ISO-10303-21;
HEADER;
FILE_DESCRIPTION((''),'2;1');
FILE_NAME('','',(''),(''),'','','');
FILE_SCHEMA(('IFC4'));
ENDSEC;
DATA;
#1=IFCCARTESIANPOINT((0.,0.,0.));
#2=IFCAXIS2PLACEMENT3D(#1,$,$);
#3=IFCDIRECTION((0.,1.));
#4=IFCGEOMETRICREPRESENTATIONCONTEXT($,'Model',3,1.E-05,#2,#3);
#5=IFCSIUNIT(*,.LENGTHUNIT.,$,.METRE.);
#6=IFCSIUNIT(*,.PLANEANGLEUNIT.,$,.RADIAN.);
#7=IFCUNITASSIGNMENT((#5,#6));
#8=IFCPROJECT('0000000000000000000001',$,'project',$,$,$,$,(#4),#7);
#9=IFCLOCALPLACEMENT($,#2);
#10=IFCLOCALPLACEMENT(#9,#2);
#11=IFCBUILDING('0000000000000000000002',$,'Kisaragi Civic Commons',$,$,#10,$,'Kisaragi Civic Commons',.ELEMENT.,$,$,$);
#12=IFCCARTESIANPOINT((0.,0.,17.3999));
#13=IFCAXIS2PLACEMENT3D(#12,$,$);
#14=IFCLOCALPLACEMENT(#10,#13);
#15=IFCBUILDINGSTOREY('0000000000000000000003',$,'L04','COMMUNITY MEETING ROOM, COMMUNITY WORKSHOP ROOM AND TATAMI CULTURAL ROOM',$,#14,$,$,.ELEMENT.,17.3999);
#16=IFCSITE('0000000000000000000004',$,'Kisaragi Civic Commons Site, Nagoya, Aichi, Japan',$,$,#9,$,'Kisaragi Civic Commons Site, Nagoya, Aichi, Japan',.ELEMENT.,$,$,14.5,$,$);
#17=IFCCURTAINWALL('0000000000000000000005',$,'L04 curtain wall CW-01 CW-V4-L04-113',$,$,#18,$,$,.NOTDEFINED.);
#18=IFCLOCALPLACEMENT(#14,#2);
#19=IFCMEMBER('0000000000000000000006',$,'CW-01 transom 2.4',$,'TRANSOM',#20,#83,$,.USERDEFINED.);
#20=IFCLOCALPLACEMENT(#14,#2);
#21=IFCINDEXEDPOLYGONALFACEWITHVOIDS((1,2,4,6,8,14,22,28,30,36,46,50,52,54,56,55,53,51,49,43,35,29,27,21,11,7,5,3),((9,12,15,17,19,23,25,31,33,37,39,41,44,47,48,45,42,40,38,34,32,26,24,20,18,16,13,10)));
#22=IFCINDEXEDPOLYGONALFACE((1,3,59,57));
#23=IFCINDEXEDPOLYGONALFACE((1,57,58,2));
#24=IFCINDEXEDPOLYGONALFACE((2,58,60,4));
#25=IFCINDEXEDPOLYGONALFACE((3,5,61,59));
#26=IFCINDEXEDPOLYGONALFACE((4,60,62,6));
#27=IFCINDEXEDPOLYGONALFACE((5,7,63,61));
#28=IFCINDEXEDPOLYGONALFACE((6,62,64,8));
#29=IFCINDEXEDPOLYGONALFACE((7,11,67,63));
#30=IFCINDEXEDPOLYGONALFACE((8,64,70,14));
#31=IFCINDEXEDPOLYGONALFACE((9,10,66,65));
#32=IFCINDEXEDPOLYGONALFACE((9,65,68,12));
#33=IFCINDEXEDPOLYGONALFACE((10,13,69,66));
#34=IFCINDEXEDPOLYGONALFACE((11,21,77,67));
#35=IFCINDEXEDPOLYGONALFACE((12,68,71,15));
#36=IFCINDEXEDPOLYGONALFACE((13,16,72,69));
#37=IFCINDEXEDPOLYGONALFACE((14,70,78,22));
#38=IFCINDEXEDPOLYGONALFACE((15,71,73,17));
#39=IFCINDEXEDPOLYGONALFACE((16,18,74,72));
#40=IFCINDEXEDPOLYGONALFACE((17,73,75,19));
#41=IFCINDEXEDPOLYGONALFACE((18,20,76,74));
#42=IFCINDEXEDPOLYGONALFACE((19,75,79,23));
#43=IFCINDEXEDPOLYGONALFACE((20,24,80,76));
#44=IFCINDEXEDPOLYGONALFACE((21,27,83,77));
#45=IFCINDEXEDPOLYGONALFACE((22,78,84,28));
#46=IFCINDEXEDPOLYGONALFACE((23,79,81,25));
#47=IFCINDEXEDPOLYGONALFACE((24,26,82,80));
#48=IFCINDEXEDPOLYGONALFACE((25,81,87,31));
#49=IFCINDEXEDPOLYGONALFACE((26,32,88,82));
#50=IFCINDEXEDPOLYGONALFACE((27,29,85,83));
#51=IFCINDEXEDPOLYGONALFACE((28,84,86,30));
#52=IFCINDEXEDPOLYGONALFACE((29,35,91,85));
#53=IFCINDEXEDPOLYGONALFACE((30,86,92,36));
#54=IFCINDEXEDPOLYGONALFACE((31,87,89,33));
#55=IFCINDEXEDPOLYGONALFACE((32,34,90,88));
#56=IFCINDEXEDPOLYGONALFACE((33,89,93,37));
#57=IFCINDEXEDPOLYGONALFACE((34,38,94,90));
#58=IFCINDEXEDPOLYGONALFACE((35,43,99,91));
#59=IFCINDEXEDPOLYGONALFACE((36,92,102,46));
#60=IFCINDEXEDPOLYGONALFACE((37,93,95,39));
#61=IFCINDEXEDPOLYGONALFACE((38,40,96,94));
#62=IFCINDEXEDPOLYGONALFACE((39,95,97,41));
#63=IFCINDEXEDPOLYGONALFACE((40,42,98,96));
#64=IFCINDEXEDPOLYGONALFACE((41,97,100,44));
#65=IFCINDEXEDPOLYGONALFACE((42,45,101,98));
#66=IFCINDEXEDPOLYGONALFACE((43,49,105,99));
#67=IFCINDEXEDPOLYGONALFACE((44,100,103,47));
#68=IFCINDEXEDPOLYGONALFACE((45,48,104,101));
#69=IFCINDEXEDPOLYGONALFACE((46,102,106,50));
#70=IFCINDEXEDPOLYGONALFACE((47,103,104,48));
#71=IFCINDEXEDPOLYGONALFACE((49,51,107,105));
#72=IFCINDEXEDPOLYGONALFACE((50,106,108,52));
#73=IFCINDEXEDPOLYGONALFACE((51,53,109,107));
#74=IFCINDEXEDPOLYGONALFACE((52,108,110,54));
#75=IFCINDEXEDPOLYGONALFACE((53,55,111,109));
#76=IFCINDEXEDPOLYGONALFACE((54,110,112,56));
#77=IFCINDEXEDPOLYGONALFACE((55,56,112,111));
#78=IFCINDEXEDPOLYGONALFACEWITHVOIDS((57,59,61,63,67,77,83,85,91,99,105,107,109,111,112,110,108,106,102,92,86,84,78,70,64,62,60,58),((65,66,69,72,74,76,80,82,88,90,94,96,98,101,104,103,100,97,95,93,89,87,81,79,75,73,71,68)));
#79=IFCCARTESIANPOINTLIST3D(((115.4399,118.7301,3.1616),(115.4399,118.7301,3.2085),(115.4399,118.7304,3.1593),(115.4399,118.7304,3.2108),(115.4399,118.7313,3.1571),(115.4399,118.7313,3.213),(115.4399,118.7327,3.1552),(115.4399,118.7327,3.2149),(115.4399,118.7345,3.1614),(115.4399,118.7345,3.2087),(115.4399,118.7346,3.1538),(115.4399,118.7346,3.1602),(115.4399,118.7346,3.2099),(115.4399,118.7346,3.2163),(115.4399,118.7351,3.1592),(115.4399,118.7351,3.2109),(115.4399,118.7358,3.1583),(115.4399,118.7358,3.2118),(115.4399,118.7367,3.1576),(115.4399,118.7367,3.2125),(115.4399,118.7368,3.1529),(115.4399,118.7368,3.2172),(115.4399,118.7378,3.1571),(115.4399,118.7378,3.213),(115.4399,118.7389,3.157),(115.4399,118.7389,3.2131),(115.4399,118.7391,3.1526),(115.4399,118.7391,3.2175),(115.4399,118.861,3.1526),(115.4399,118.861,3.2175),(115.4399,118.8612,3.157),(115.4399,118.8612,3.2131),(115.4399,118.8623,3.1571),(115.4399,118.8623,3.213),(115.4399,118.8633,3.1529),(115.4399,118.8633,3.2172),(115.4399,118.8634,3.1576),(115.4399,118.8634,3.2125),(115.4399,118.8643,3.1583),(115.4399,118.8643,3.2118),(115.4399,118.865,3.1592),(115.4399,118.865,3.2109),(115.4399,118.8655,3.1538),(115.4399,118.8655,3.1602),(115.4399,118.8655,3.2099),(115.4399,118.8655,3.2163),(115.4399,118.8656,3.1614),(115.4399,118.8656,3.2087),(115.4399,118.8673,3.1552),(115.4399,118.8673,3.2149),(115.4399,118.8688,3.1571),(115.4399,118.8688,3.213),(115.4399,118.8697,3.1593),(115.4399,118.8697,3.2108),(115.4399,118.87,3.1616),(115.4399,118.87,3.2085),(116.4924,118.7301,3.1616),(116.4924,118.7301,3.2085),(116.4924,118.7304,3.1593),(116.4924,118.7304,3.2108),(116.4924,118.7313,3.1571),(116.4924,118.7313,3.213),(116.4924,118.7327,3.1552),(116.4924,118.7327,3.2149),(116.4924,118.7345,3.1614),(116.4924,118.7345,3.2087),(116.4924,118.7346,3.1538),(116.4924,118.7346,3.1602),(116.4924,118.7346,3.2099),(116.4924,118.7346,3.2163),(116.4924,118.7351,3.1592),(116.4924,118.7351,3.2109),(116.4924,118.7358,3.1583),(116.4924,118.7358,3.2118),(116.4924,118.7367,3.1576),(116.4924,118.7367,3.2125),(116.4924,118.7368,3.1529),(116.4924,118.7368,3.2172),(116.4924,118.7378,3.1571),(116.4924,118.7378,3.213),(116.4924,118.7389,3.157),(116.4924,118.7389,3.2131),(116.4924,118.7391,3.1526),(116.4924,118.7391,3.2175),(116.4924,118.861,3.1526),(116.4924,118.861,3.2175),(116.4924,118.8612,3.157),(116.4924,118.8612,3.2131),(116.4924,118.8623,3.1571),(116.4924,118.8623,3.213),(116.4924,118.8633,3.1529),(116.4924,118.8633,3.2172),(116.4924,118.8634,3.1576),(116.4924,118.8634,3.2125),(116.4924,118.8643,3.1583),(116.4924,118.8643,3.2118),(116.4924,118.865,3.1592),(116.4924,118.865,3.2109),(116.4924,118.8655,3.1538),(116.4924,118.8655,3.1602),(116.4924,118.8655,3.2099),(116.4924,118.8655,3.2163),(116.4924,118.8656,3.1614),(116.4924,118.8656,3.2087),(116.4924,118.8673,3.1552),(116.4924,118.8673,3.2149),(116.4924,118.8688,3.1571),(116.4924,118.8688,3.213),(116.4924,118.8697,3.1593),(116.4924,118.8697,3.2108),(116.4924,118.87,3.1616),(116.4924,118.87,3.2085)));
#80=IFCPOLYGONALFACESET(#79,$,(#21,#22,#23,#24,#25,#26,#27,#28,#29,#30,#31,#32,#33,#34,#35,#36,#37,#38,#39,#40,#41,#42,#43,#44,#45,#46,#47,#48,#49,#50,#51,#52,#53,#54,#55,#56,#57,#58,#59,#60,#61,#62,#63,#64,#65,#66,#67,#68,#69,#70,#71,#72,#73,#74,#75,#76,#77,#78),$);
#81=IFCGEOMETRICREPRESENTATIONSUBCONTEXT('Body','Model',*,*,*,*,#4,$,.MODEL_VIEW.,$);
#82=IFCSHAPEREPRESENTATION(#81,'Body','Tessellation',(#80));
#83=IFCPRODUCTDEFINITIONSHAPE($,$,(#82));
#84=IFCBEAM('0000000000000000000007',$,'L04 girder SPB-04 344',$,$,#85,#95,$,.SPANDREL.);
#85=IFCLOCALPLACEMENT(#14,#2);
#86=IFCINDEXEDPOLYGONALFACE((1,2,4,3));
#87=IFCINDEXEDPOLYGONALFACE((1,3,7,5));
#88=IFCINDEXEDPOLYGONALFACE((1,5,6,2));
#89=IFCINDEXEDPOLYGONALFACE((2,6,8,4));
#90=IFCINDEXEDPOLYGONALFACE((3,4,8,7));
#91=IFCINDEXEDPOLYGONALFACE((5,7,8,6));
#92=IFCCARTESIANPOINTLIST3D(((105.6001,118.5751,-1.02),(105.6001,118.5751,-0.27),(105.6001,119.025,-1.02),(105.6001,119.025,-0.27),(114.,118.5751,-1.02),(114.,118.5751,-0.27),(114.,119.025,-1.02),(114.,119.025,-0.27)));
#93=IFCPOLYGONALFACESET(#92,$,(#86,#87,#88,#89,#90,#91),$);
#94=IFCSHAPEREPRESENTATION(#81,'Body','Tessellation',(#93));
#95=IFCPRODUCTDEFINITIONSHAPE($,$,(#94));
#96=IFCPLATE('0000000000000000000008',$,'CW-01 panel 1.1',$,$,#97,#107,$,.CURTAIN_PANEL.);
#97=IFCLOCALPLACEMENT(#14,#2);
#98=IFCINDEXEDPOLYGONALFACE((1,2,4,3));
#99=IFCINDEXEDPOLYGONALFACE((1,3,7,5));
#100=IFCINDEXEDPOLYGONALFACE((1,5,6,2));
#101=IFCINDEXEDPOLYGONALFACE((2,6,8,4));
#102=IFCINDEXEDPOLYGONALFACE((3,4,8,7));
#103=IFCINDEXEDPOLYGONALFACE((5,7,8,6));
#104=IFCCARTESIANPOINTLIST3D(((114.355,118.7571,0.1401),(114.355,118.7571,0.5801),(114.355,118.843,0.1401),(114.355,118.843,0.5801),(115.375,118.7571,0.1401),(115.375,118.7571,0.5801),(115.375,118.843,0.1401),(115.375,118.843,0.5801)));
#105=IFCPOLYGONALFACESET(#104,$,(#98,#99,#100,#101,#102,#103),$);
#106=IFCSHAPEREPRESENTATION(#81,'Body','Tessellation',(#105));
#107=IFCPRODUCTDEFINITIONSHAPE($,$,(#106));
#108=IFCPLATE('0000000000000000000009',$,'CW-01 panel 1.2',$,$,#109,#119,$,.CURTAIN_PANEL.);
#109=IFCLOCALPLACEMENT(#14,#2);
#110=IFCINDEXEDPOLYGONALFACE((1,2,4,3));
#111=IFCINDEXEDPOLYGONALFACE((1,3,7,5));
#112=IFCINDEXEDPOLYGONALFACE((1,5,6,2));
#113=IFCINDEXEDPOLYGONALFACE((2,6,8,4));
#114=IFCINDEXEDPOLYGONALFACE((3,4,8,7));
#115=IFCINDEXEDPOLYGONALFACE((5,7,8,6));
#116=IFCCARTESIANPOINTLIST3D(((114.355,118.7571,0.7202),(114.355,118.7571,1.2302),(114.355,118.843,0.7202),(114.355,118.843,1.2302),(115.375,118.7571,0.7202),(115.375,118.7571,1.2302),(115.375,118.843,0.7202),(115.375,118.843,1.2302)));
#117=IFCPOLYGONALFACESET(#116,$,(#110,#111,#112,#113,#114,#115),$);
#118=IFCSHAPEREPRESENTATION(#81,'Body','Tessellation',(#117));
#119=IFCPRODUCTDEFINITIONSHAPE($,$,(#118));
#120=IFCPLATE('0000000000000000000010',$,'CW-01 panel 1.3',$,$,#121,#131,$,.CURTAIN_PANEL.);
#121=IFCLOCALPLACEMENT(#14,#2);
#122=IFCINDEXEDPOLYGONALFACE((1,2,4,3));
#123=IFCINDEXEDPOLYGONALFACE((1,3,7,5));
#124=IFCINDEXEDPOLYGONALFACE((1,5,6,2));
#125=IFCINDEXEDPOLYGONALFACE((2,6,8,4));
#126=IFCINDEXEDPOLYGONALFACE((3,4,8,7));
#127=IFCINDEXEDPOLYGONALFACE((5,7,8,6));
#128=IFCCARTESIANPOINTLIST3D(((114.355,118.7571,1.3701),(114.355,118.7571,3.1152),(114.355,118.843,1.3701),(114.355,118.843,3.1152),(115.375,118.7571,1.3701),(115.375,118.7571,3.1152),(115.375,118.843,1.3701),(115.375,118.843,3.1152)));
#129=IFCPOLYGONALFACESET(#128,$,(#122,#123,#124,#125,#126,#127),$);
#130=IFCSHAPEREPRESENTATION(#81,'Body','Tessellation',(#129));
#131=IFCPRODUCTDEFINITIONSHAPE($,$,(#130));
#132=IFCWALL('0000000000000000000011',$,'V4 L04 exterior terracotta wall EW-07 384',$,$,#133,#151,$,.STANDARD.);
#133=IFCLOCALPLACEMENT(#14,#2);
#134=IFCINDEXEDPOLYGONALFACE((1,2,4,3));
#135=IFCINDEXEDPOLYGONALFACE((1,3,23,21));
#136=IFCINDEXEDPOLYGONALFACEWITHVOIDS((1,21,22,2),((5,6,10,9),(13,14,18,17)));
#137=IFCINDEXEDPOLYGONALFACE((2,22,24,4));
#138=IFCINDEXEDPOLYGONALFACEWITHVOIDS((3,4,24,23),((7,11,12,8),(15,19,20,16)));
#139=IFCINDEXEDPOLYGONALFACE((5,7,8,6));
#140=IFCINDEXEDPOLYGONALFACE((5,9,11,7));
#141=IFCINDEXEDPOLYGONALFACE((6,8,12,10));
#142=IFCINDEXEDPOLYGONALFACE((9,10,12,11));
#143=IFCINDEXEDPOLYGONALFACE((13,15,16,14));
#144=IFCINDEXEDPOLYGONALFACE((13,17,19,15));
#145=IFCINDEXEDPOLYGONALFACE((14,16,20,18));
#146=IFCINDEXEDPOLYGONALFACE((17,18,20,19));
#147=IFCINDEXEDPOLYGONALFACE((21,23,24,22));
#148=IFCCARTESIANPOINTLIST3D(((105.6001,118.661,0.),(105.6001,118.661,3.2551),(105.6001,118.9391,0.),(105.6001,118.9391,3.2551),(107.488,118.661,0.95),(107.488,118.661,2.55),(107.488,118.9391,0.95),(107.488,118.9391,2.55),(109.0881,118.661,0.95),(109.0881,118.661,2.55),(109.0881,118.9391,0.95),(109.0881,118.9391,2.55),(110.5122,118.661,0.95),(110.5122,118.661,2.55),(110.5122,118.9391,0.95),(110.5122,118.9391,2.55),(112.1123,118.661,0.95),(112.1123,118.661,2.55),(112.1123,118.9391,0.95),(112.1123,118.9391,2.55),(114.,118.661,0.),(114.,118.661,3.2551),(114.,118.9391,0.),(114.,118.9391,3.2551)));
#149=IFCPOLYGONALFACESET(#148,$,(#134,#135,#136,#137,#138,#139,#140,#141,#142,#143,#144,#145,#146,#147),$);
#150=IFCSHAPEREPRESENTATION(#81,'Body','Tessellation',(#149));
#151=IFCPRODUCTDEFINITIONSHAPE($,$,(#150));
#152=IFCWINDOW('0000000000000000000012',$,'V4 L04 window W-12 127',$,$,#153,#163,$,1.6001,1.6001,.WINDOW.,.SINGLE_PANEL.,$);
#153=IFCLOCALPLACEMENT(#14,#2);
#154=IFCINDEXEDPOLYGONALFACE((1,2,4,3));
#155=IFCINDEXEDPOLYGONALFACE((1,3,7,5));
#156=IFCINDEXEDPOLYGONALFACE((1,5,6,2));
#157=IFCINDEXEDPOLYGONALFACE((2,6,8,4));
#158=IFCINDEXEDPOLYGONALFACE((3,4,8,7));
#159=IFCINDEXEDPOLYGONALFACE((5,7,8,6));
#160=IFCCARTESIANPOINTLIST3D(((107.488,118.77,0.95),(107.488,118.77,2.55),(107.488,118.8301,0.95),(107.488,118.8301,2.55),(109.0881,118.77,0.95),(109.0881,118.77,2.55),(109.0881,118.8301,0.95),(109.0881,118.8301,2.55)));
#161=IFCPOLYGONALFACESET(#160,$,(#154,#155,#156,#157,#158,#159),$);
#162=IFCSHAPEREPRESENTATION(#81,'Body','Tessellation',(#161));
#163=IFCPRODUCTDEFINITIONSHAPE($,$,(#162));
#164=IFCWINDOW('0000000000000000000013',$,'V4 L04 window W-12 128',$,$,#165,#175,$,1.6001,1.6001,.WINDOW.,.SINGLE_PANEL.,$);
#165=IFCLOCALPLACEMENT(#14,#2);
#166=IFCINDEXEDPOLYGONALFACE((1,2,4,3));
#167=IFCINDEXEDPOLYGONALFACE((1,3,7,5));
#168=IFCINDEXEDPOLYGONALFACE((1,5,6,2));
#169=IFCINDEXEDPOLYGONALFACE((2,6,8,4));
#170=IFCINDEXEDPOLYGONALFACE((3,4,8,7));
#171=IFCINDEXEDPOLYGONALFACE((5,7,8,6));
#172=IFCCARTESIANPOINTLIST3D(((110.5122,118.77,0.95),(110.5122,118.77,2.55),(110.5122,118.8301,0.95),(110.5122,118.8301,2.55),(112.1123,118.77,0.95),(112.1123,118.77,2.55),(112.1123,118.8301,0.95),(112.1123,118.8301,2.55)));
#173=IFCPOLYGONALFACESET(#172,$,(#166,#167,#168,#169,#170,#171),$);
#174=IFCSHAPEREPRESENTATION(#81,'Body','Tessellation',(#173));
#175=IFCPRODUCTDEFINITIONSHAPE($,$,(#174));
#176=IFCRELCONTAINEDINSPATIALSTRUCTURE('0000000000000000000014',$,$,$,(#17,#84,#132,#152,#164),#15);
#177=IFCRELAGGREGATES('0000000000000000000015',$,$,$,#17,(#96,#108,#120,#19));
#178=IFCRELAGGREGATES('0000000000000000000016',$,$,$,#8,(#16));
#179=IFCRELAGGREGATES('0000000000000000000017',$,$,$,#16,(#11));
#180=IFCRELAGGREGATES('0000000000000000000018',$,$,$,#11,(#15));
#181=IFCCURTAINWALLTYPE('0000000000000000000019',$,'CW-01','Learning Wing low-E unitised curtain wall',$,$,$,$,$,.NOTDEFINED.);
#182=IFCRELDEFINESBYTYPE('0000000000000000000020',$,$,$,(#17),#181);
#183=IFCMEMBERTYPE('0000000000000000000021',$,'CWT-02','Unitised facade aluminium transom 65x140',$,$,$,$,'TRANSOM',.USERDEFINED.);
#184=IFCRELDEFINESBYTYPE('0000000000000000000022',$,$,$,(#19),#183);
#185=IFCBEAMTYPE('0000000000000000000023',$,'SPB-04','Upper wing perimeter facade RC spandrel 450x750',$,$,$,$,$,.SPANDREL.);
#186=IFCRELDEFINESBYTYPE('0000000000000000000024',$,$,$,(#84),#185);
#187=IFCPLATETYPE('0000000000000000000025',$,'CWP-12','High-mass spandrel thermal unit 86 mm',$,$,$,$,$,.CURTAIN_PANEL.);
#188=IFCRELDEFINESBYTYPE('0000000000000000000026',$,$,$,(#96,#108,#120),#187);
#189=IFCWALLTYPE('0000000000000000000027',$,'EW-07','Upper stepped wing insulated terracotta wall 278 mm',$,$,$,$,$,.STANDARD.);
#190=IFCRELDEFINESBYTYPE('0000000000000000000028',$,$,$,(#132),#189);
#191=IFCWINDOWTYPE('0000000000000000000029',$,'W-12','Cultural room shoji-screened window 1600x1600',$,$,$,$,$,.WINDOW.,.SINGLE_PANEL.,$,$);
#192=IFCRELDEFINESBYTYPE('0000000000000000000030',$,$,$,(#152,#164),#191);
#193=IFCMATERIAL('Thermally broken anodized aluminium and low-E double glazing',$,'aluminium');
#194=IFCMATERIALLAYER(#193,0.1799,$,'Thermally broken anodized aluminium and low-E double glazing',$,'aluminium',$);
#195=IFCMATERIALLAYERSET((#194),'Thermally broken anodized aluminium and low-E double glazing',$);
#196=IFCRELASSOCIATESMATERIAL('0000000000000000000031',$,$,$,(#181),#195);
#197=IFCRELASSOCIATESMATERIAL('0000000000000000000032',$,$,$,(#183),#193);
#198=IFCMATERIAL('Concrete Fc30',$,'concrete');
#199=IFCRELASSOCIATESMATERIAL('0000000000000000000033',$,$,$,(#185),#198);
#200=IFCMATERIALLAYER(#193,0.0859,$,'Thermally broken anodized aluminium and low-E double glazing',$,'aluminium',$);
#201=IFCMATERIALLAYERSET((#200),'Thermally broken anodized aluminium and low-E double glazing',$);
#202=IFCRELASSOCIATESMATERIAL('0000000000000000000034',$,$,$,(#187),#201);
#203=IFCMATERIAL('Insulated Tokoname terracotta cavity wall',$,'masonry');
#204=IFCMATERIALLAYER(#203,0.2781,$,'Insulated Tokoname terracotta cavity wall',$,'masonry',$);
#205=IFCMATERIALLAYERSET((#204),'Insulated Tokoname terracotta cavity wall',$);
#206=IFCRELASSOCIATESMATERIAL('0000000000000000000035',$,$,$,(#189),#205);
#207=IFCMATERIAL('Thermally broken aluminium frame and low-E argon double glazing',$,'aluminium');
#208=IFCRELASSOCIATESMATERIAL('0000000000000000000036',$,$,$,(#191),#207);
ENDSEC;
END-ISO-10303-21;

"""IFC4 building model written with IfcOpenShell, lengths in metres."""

from ifc_helpers import new_model, si_unit, direction, frame, frame_2d, origin, origin_2d, place, context, subcontext, project, spatial, rectangle, hollow_rectangle, extrude, material, layer, layer_set, material_profile, profile_set, type_object, element, fill, aggregate, save


model = new_model("IFC4")

# Units and contexts
model_context = context("Model", 3, precision=1e-05, world=origin(), true_north=direction((0.0, 1.0)))
body_context = subcontext(model_context, "Body", "Model", "MODEL_VIEW")
ifc_project = project(units=[si_unit("LENGTHUNIT", "METRE"), si_unit("PLANEANGLEUNIT", "RADIAN")], contexts=[model_context])

# Site, building, storey
site_placement = place(None, origin())
site = spatial("IfcSite", under=ifc_project, at=site_placement, Name="Kisaragi Civic Commons Site, Nagoya, Aichi, Japan", LongName="Kisaragi Civic Commons Site, Nagoya, Aichi, Japan", CompositionType="ELEMENT", RefElevation=14.5)
building_placement = place(site_placement, origin())
building = spatial("IfcBuilding", under=site, at=building_placement, Name="Kisaragi Civic Commons", LongName="Kisaragi Civic Commons", CompositionType="ELEMENT")
storey_placement = place(building_placement, frame((0.0, 0.0, 17.3999)))
storey = spatial("IfcBuildingStorey", under=building, at=storey_placement, Name="L04", Description="COMMUNITY MEETING ROOM, COMMUNITY WORKSHOP ROOM AND TATAMI CULTURAL ROOM", CompositionType="ELEMENT", Elevation=17.3999)

# Shared definitions
ifc_material_1 = material(Name="Concrete Fc30", Category="concrete")

# Shared definitions
ifc_material_2 = material(Name="Thermally broken anodized aluminium and low-E double glazing", Category="aluminium")
ifc_layer_1 = layer(ifc_material_2, 0.1799, Name="Thermally broken anodized aluminium and low-E double glazing", Category="aluminium")
ifc_layer_set_1 = layer_set([ifc_layer_1], Name="Thermally broken anodized aluminium and low-E double glazing")
curtain_wall_type = type_object("IfcCurtainWallType", Name="CW-01", Description="Learning Wing low-E unitised curtain wall", PredefinedType="NOTDEFINED", material=ifc_layer_set_1)

# Curtain wall, member
curtain_wall_1_placement = place(storey_placement, origin())
curtain_wall_1 = element("IfcCurtainWall", 1, at=curtain_wall_1_placement, inside=storey, type_object=curtain_wall_type, Name="L04 curtain wall CW-01 CW-V4-L04-113", PredefinedType="NOTDEFINED")
ifc_material_profile_1 = material_profile(ifc_material_2, hollow_rectangle(XDim=0.1399, YDim=0.0649, WallThickness=0.0044, InnerFilletRadius=0.0044, OuterFilletRadius=0.009, at=origin_2d()), Name="CWT-65x140x4.5", Category="aluminium")
ifc_profile_set_1 = profile_set([ifc_material_profile_1], Name="Thermally broken anodized aluminium and low-E double glazing")
member_type_1 = type_object("IfcMemberType", Name="CWT-02", Description="Unitised facade aluminium transom 65x140", ElementType="TRANSOM", PredefinedType="USERDEFINED", material=ifc_profile_set_1)
member_1_placement = place(storey_placement, frame((115.4399, 118.8, 3.1851), z_axis=(1.0, 0.0, 0.0), x_axis=(0.0, 1.0, 0.0)))
member_1 = element("IfcMember", 2, at=member_1_placement, type_object=member_type_1, Name="CW-01 transom 2.4", ObjectType="TRANSOM", PredefinedType="USERDEFINED", context=body_context, shape_type="SweptSolid", body=[
    extrude(hollow_rectangle(XDim=0.1399, YDim=0.0649, WallThickness=0.0044, InnerFilletRadius=0.0044, OuterFilletRadius=0.009, at=origin_2d()), origin(), (0.0, 0.0, 1.0), 1.0525),
])

# Beam
ifc_material_profile_2 = material_profile(ifc_material_1, rectangle(XDim=0.45, YDim=0.75, at=origin_2d()), Name="RC-450x750", Category="concrete")
ifc_profile_set_2 = profile_set([ifc_material_profile_2], Name="Concrete Fc30")
beam_type = type_object("IfcBeamType", Name="SPB-04", Description="Upper wing perimeter facade RC spandrel 450x750", PredefinedType="SPANDREL", material=ifc_profile_set_2)
beam_placement = place(storey_placement, frame((105.6001, 118.8, -0.645), z_axis=(1.0, 0.0, 0.0), x_axis=(0.0, 1.0, 0.0)))
element("IfcBeam", 3, at=beam_placement, inside=storey, type_object=beam_type, Name="L04 girder SPB-04 344", PredefinedType="SPANDREL", context=body_context, shape_type="SweptSolid", body=[
    extrude(rectangle(XDim=0.45, YDim=0.75, at=origin_2d()), origin(), (0.0, 0.0, 1.0), 8.3999),
])

# Plates
ifc_layer_2 = layer(ifc_material_2, 0.0859, Name="Thermally broken anodized aluminium and low-E double glazing", Category="aluminium")
ifc_layer_set_2 = layer_set([ifc_layer_2], Name="Thermally broken anodized aluminium and low-E double glazing")
plate_type = type_object("IfcPlateType", Name="CWP-12", Description="High-mass spandrel thermal unit 86 mm", PredefinedType="CURTAIN_PANEL", material=ifc_layer_set_2)
plate_1_placement = place(storey_placement, frame((114.865, 118.8, 0.1401), z_axis=(0.0, 0.0, 1.0), x_axis=(1.0, 0.0, 0.0)))
plate_1 = element("IfcPlate", 4, at=plate_1_placement, type_object=plate_type, Name="CW-01 panel 1.1", PredefinedType="CURTAIN_PANEL", context=body_context, shape_type="SweptSolid", body=[
    extrude(rectangle(XDim=1.02, YDim=0.0859, at=origin_2d()), origin(), (0.0, 0.0, 1.0), 0.4399),
])
plate_2_placement = place(storey_placement, frame((114.865, 118.8, 0.7202), z_axis=(0.0, 0.0, 1.0), x_axis=(1.0, 0.0, 0.0)))
plate_2 = element("IfcPlate", 5, at=plate_2_placement, type_object=plate_type, Name="CW-01 panel 1.2", PredefinedType="CURTAIN_PANEL", context=body_context, shape_type="SweptSolid", body=[
    extrude(rectangle(XDim=1.02, YDim=0.0859, at=origin_2d()), origin(), (0.0, 0.0, 1.0), 0.51),
])
plate_3_placement = place(storey_placement, frame((114.865, 118.8, 1.3701), z_axis=(0.0, 0.0, 1.0), x_axis=(1.0, 0.0, 0.0)))
plate_3 = element("IfcPlate", 6, at=plate_3_placement, type_object=plate_type, Name="CW-01 panel 1.3", PredefinedType="CURTAIN_PANEL", context=body_context, shape_type="SweptSolid", body=[
    extrude(rectangle(XDim=1.02, YDim=0.0859, at=origin_2d()), origin(), (0.0, 0.0, 1.0), 1.7451),
])
aggregate(curtain_wall_1, [plate_1, plate_2, plate_3, member_1])

# Wall, openings, windows
ifc_material_3 = material(Name="Insulated Tokoname terracotta cavity wall", Category="masonry")
ifc_layer_3 = layer(ifc_material_3, 0.2781, Name="Insulated Tokoname terracotta cavity wall", Category="masonry")
ifc_layer_set_3 = layer_set([ifc_layer_3], Name="Insulated Tokoname terracotta cavity wall")
wall_type = type_object("IfcWallType", Name="EW-07", Description="Upper stepped wing insulated terracotta wall 278 mm", PredefinedType="STANDARD", material=ifc_layer_set_3)
wall_placement = place(storey_placement, frame((105.6001, 118.8, 0.0), z_axis=(0.0, 0.0, 1.0), x_axis=(1.0, 0.0, 0.0)))
wall = element("IfcWall", 7, at=wall_placement, inside=storey, type_object=wall_type, Name="V4 L04 exterior terracotta wall EW-07 384", PredefinedType="STANDARD", context=body_context, shape_type="SweptSolid", body=[
    extrude(rectangle(XDim=8.3999, YDim=0.2781, at=frame_2d((4.2, 0.0))), origin(), (0.0, 0.0, 1.0), 3.2551),
])
opening_1_placement = place(wall_placement, frame((1.8879, 0.0, 0.95)))
opening_1 = element("IfcOpeningElement", 8, at=opening_1_placement, cuts=wall, PredefinedType="OPENING", context=body_context, shape_type="SweptSolid", body=[
    extrude(rectangle(XDim=1.6001, YDim=1.6001, at=frame_2d((0.8, 0.8))), frame((0.0, 0.1489, 0.0), z_axis=(0.0, -1.0, 0.0), x_axis=(1.0, 0.0, 0.0)), (0.0, 0.0, 1.0), 0.2981),
])
opening_2_placement = place(wall_placement, frame((4.9121, 0.0, 0.95)))
opening_2 = element("IfcOpeningElement", 9, at=opening_2_placement, cuts=wall, PredefinedType="OPENING", context=body_context, shape_type="SweptSolid", body=[
    extrude(rectangle(XDim=1.6001, YDim=1.6001, at=frame_2d((0.8, 0.8))), frame((0.0, 0.1489, 0.0), z_axis=(0.0, -1.0, 0.0), x_axis=(1.0, 0.0, 0.0)), (0.0, 0.0, 1.0), 0.2981),
])
ifc_material_4 = material(Name="Thermally broken aluminium frame and low-E argon double glazing", Category="aluminium")
window_type = type_object("IfcWindowType", Name="W-12", Description="Cultural room shoji-screened window 1600x1600", PartitioningType="SINGLE_PANEL", PredefinedType="WINDOW", material=ifc_material_4)
window_1_placement = place(opening_1_placement, origin())
window_1 = element("IfcWindow", 10, at=window_1_placement, inside=storey, type_object=window_type, Name="V4 L04 window W-12 127", OverallHeight=1.6001, OverallWidth=1.6001, PartitioningType="SINGLE_PANEL", PredefinedType="WINDOW", context=body_context, shape_type="SweptSolid", body=[
    extrude(rectangle(XDim=1.6001, YDim=1.6001, at=frame_2d((0.8, 0.8))), frame((0.0, 0.03, 0.0), z_axis=(0.0, -1.0, 0.0), x_axis=(1.0, 0.0, 0.0)), (0.0, 0.0, 1.0), 0.0601),
])
fill(opening_1, window_1)
window_2_placement = place(opening_2_placement, origin())
window_2 = element("IfcWindow", 11, at=window_2_placement, inside=storey, type_object=window_type, Name="V4 L04 window W-12 128", OverallHeight=1.6001, OverallWidth=1.6001, PartitioningType="SINGLE_PANEL", PredefinedType="WINDOW", context=body_context, shape_type="SweptSolid", body=[
    extrude(rectangle(XDim=1.6001, YDim=1.6001, at=frame_2d((0.8, 0.8))), frame((0.0, 0.03, 0.0), z_axis=(0.0, -1.0, 0.0), x_axis=(1.0, 0.0, 0.0)), (0.0, 0.0, 1.0), 0.0601),
])
fill(opening_2, window_2)

save(model, "model.ifc")
